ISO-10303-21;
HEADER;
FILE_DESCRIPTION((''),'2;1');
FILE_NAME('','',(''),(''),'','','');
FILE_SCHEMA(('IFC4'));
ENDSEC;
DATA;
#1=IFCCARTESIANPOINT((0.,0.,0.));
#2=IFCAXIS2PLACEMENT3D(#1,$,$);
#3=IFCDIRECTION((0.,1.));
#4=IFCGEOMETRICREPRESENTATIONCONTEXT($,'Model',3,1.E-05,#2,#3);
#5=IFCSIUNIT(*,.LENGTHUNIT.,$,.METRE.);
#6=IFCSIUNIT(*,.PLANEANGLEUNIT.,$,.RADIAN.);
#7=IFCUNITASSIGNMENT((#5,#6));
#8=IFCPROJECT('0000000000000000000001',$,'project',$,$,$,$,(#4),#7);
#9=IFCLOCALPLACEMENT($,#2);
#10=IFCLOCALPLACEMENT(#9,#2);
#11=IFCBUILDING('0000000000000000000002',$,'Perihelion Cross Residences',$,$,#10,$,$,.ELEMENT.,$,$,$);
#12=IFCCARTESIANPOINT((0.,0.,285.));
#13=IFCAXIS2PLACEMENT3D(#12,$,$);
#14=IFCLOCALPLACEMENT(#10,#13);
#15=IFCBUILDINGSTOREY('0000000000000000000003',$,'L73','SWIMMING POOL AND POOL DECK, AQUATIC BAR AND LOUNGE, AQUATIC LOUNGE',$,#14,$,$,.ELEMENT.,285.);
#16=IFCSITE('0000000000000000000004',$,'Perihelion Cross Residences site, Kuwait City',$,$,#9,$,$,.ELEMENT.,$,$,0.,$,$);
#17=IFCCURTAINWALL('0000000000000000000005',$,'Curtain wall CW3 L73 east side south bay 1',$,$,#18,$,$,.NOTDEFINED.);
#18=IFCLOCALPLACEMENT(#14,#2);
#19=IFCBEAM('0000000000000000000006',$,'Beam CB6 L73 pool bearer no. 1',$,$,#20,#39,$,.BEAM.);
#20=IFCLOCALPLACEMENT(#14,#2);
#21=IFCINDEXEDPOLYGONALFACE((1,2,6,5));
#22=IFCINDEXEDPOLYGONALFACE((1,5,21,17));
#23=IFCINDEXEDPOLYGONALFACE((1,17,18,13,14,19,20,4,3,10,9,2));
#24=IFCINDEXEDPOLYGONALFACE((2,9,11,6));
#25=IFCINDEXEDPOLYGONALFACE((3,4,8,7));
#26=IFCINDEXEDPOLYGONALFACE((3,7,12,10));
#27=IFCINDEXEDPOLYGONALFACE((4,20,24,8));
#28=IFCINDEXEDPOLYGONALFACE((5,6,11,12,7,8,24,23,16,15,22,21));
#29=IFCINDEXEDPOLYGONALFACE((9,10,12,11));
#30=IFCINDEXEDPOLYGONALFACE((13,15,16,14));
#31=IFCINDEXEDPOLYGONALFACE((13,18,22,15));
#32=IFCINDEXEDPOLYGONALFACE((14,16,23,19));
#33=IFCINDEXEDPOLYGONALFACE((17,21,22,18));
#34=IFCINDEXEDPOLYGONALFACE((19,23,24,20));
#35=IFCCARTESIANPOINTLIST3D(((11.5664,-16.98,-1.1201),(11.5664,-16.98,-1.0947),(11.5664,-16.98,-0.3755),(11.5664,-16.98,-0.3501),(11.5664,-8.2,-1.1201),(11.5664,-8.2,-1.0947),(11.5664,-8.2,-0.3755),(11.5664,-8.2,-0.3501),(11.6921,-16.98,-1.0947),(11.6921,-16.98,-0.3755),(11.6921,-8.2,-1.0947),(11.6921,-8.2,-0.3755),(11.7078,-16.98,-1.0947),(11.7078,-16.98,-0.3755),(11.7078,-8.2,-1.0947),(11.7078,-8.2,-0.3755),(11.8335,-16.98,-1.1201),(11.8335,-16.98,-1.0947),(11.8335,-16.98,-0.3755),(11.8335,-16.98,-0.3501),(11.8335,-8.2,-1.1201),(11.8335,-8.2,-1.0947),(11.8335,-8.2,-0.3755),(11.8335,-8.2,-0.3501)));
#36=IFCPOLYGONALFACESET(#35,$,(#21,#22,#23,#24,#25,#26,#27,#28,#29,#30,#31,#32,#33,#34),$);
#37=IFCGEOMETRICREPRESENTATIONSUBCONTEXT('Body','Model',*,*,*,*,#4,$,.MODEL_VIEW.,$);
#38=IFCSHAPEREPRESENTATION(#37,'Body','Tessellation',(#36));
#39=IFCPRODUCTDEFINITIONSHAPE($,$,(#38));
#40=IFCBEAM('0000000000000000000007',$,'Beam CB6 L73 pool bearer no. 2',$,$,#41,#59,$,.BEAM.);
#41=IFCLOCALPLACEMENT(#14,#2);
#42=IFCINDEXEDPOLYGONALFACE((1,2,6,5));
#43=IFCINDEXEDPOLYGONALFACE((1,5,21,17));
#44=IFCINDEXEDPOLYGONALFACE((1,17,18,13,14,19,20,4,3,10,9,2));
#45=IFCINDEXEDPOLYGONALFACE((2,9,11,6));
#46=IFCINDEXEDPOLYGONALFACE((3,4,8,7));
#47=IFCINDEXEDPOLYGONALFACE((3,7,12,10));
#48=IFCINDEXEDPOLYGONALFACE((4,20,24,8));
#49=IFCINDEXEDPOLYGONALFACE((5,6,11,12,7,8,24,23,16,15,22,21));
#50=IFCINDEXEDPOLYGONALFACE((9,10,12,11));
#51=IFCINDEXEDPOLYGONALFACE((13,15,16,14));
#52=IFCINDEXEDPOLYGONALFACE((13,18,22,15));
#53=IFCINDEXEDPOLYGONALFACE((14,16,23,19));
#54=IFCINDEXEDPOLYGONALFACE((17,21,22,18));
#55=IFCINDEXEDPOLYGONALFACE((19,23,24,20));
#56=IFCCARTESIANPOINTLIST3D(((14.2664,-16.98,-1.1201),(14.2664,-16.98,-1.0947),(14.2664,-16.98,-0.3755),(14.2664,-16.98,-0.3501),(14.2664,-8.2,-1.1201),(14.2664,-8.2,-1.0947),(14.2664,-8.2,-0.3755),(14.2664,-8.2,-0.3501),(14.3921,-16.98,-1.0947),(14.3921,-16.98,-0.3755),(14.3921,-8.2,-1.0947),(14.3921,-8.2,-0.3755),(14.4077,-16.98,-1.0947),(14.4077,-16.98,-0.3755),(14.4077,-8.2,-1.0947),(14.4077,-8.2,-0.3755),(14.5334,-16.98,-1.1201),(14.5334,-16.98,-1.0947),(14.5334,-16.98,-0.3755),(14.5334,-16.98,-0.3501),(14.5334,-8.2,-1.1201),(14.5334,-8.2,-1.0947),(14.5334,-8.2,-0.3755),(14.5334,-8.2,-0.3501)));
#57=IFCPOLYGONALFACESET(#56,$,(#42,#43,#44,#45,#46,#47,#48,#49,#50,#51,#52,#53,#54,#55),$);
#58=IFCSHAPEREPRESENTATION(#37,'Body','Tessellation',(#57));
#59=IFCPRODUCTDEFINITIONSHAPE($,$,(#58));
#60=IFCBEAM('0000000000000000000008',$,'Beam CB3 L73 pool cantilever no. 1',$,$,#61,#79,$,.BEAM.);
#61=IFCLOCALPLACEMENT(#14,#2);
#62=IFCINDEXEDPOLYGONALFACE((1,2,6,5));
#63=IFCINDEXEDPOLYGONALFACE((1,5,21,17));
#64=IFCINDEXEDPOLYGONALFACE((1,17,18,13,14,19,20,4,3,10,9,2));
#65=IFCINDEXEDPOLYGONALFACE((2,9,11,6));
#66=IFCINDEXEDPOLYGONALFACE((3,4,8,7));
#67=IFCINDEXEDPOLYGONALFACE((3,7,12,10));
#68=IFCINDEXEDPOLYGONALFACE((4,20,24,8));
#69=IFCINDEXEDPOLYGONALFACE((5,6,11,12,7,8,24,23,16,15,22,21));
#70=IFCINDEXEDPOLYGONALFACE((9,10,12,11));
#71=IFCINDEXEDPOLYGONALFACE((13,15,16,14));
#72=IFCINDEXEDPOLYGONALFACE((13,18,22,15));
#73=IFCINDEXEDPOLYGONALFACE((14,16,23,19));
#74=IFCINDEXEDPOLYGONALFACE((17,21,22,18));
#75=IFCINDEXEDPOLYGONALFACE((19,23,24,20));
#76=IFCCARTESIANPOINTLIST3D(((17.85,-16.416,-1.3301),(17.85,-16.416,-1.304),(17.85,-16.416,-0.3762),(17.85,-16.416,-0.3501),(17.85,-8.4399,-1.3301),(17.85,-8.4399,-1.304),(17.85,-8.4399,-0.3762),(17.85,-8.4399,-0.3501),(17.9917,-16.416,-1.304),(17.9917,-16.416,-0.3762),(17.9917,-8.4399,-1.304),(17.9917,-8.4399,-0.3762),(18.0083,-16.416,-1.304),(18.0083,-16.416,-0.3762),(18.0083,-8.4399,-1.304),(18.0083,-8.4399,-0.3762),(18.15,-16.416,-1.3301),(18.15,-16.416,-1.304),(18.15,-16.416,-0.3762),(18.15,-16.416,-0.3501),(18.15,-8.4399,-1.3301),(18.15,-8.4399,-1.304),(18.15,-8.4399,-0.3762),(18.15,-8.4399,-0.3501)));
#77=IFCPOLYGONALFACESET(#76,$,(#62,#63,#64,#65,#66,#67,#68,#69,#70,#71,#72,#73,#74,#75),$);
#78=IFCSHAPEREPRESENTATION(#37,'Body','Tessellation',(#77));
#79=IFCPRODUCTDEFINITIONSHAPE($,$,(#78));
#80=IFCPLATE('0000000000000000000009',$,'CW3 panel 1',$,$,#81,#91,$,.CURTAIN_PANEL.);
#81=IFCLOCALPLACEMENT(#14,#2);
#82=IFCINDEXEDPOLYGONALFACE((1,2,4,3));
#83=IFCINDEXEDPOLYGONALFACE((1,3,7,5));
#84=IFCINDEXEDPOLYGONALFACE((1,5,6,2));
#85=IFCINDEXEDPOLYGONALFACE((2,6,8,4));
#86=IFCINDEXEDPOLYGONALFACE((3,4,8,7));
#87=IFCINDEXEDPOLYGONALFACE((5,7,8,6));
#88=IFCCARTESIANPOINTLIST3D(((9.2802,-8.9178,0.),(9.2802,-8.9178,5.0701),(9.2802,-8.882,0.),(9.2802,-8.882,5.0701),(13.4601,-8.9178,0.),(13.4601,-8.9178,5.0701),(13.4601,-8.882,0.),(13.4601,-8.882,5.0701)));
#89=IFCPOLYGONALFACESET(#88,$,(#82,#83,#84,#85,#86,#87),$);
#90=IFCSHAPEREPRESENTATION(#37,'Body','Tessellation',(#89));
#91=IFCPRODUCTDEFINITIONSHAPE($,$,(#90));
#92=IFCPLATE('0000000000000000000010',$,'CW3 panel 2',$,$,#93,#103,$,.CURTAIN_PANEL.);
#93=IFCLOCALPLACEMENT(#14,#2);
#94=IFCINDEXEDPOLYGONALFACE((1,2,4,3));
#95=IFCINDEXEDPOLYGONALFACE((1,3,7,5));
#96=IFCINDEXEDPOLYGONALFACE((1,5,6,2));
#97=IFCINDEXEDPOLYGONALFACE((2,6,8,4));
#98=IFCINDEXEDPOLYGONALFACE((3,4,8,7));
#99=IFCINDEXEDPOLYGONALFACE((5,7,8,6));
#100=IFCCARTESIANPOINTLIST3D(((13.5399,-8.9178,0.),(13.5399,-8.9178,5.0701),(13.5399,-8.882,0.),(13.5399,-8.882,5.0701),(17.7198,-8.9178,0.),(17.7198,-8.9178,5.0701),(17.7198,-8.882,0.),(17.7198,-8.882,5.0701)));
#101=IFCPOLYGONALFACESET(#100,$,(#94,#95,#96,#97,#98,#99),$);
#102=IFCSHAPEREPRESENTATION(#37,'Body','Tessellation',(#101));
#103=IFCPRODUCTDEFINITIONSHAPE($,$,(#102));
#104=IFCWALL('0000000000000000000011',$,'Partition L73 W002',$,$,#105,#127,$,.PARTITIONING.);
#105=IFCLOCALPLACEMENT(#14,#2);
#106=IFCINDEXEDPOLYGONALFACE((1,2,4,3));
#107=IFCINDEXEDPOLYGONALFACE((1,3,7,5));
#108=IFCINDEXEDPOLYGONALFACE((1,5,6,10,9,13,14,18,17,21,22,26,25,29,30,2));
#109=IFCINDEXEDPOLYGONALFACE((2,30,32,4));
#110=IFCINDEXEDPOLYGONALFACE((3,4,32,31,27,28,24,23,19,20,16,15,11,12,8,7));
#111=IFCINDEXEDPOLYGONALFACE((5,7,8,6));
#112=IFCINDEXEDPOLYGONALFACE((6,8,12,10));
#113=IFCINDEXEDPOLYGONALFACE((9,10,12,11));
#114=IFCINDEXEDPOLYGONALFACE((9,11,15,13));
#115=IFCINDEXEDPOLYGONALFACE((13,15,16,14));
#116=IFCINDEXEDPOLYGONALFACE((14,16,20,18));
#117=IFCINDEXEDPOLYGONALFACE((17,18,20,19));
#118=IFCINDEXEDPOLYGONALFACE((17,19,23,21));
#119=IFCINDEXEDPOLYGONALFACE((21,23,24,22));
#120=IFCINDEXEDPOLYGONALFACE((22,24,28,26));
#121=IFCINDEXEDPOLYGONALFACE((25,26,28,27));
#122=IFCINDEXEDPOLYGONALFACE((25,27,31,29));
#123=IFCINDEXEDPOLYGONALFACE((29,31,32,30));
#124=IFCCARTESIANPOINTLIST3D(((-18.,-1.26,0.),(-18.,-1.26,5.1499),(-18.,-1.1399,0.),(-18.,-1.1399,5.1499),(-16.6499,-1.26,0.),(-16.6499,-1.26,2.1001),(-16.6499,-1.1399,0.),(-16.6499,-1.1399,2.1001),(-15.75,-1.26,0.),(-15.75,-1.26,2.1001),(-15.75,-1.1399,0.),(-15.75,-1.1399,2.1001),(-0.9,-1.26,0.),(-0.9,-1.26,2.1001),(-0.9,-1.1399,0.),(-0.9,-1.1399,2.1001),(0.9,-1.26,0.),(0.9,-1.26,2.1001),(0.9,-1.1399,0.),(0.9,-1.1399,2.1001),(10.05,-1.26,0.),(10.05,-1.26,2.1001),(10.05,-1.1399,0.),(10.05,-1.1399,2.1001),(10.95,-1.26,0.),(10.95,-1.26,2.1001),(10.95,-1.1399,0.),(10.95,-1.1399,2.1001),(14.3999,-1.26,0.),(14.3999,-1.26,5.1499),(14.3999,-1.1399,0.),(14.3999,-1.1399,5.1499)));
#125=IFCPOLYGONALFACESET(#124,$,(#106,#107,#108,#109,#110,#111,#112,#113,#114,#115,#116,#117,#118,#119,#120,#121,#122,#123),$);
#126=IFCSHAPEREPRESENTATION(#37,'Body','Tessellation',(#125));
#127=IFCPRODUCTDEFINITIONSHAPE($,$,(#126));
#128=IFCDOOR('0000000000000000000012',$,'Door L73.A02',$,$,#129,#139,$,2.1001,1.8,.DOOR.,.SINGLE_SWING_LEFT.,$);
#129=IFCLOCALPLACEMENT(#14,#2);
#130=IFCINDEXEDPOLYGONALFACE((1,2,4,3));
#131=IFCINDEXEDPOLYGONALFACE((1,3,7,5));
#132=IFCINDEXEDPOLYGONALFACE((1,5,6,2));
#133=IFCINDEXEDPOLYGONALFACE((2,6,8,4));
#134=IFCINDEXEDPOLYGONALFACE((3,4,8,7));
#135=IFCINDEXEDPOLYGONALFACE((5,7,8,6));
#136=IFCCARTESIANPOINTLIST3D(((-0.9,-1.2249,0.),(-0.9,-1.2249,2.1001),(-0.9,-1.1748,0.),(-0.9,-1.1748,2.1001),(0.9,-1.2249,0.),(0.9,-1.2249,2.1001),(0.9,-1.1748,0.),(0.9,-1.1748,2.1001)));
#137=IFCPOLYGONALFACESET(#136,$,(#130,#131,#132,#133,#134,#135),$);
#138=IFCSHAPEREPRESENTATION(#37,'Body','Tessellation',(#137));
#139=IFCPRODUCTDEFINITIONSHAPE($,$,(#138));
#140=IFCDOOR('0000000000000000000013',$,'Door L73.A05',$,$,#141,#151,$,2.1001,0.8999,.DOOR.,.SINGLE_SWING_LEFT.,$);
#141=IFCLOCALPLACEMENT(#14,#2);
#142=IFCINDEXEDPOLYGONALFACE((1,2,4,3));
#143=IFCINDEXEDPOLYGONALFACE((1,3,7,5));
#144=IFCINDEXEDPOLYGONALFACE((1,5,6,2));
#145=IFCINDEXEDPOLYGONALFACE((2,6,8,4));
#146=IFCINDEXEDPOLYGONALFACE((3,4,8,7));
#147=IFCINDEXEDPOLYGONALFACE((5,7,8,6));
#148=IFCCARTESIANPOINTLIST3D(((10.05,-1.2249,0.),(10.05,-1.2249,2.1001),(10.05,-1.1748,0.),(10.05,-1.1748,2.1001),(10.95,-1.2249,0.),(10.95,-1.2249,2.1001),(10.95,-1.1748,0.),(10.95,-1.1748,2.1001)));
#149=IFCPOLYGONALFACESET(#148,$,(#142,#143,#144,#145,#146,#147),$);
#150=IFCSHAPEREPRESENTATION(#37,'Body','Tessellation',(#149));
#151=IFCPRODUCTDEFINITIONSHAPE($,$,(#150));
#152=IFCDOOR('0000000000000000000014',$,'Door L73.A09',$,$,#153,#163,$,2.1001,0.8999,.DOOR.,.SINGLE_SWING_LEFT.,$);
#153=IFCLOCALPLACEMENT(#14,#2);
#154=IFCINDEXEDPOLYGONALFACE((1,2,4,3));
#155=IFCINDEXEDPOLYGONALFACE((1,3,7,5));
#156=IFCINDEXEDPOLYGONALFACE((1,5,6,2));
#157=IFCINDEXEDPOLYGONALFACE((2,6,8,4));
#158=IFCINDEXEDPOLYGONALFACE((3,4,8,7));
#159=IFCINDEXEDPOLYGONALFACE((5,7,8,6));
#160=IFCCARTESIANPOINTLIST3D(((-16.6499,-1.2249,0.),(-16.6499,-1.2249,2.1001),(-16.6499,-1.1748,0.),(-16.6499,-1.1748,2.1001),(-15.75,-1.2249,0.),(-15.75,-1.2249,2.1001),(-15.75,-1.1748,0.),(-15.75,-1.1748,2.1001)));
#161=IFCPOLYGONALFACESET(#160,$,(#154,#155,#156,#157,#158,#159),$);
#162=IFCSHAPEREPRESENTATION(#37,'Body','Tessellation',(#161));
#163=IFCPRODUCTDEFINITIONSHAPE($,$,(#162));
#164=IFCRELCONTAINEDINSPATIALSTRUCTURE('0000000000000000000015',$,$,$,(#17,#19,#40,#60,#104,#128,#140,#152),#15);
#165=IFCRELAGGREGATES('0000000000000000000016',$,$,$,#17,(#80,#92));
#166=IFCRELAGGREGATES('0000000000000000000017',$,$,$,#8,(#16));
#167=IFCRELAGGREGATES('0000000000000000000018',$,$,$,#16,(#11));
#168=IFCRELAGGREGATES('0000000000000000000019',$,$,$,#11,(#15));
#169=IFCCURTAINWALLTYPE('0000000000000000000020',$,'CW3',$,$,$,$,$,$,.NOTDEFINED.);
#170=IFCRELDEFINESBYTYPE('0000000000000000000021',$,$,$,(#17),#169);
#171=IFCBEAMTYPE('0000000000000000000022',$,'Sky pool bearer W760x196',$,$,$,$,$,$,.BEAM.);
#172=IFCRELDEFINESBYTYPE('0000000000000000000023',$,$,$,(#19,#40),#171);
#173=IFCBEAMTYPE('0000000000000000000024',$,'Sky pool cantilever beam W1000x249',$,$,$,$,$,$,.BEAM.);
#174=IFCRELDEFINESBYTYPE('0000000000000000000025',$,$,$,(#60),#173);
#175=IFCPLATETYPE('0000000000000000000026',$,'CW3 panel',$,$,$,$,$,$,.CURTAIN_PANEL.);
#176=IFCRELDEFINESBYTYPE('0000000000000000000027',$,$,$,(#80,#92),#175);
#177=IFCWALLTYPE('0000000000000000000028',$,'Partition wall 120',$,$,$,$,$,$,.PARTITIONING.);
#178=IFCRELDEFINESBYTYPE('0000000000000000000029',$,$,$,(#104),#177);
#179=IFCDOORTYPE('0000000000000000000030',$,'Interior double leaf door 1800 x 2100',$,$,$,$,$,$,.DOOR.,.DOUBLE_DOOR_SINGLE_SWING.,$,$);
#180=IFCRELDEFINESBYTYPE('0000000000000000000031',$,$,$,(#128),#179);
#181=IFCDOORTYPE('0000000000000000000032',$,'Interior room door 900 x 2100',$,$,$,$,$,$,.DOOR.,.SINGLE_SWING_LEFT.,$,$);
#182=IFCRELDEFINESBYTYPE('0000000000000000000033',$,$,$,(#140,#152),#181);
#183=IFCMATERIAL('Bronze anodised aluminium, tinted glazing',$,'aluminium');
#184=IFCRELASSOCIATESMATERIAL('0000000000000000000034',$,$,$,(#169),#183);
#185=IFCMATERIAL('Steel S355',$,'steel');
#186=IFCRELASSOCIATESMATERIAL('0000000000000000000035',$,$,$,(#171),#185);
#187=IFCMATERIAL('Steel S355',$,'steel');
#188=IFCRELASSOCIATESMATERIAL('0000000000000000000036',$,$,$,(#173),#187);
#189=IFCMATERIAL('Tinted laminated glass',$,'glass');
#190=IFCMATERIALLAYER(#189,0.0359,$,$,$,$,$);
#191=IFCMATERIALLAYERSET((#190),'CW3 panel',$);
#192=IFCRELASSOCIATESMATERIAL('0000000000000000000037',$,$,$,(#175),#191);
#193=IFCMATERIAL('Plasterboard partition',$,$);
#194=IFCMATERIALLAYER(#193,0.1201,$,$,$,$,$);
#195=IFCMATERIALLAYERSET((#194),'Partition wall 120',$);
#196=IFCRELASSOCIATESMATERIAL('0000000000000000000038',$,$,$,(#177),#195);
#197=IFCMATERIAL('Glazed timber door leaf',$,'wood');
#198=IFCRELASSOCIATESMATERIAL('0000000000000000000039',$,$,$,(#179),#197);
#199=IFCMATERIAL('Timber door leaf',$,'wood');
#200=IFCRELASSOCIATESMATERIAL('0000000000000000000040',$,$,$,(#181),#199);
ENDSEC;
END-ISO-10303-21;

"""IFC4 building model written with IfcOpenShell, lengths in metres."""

from ifc_helpers import new_model, si_unit, direction, frame, frame_2d, origin, origin_2d, place, context, subcontext, project, spatial, rectangle, i_section, extrude, material, layer, layer_set, material_profile, profile_set, type_object, element, fill, aggregate, save


model = new_model("IFC4")

# Units and contexts
model_context = context("Model", 3, precision=1e-05, world=origin(), true_north=direction((0.0, 1.0)))
body_context = subcontext(model_context, "Body", "Model", "MODEL_VIEW")
ifc_project = project(units=[si_unit("LENGTHUNIT", "METRE"), si_unit("PLANEANGLEUNIT", "RADIAN")], contexts=[model_context])

# Site, building, storey
site_placement = place(None, origin())
site = spatial("IfcSite", under=ifc_project, at=site_placement, Name="Perihelion Cross Residences site, Kuwait City", CompositionType="ELEMENT", RefElevation=0.0)
building_placement = place(site_placement, origin())
building = spatial("IfcBuilding", under=site, at=building_placement, Name="Perihelion Cross Residences", CompositionType="ELEMENT")
storey_placement = place(building_placement, frame((0.0, 0.0, 285.0)))
storey = spatial("IfcBuildingStorey", under=building, at=storey_placement, Name="L73", Description="SWIMMING POOL AND POOL DECK, AQUATIC BAR AND LOUNGE, AQUATIC LOUNGE", CompositionType="ELEMENT", Elevation=285.0)

# Curtain wall
ifc_material_1 = material(Name="Bronze anodised aluminium, tinted glazing", Category="aluminium")
curtain_wall_type = type_object("IfcCurtainWallType", Name="CW3", PredefinedType="NOTDEFINED", material=ifc_material_1)
curtain_wall_placement = place(storey_placement, origin())
curtain_wall = element("IfcCurtainWall", 1, at=curtain_wall_placement, inside=storey, type_object=curtain_wall_type, Name="Curtain wall CW3 L73 east side south bay 1", PredefinedType="NOTDEFINED")

# Beams
ifc_material_2 = material(Name="Steel S355", Category="steel")
ifc_material_profile_1 = material_profile(ifc_material_2, i_section(OverallWidth=0.2671, OverallDepth=0.77, WebThickness=0.0156, FlangeThickness=0.0254, at=origin_2d()), Name="W760x196")
ifc_profile_set_1 = profile_set([ifc_material_profile_1], Name="Steel S355")
beam_type_1 = type_object("IfcBeamType", Name="Sky pool bearer W760x196", PredefinedType="BEAM", material=ifc_profile_set_1)
for number, where, z_axis, x_axis, name in (
    (2, (11.7, -8.2, -0.7351), (0.0, -1.0, 0.0), (1.0, 0.0, 0.0), "Beam CB6 L73 pool bearer no. 1"),
    (3, (14.3999, -8.2, -0.7351), (0.0, -1.0, 0.0), (1.0, 0.0, 0.0), "Beam CB6 L73 pool bearer no. 2"),
):
    element("IfcBeam", number, at=place(storey_placement, frame(where, z_axis=z_axis, x_axis=x_axis)), inside=storey, type_object=beam_type_1, Name=name, PredefinedType="BEAM", context=body_context, shape_type="SweptSolid", body=[
        extrude(i_section(OverallWidth=0.2671, OverallDepth=0.77, WebThickness=0.0156, FlangeThickness=0.0254, at=origin_2d()), origin(), (0.0, 0.0, 1.0), 8.78),
    ])
ifc_material_3 = material(Name="Steel S355", Category="steel")
ifc_material_profile_2 = material_profile(ifc_material_3, i_section(OverallWidth=0.3, OverallDepth=0.98, WebThickness=0.0166, FlangeThickness=0.0261, at=origin_2d()), Name="W1000x249")
ifc_profile_set_2 = profile_set([ifc_material_profile_2], Name="Steel S355")
beam_type_2 = type_object("IfcBeamType", Name="Sky pool cantilever beam W1000x249", PredefinedType="BEAM", material=ifc_profile_set_2)
beam_1_placement = place(storey_placement, frame((18.0, -8.4399, -0.8401), z_axis=(0.0, -1.0, 0.0), x_axis=(1.0, 0.0, 0.0)))
element("IfcBeam", 4, at=beam_1_placement, inside=storey, type_object=beam_type_2, Name="Beam CB3 L73 pool cantilever no. 1", PredefinedType="BEAM", context=body_context, shape_type="SweptSolid", body=[
    extrude(i_section(OverallWidth=0.3, OverallDepth=0.98, WebThickness=0.0166, FlangeThickness=0.0261, at=origin_2d()), origin(), (0.0, 0.0, 1.0), 7.9761),
])

# Plates
ifc_material_4 = material(Name="Tinted laminated glass", Category="glass")
ifc_layer_1 = layer(ifc_material_4, 0.0359)
ifc_layer_set_1 = layer_set([ifc_layer_1], Name="CW3 panel")
plate_type = type_object("IfcPlateType", Name="CW3 panel", PredefinedType="CURTAIN_PANEL", material=ifc_layer_set_1)
plate_1_placement = place(storey_placement, frame((11.3701, -8.8999, 0.0), z_axis=(0.0, 0.0, 1.0), x_axis=(1.0, 0.0, 0.0)))
plate_1 = element("IfcPlate", 5, at=plate_1_placement, type_object=plate_type, Name="CW3 panel 1", PredefinedType="CURTAIN_PANEL", context=body_context, shape_type="SweptSolid", body=[
    extrude(rectangle(XDim=4.1799, YDim=0.0359, at=origin_2d()), origin(), (0.0, 0.0, 1.0), 5.0701),
])
plate_2_placement = place(storey_placement, frame((15.6299, -8.8999, 0.0), z_axis=(0.0, 0.0, 1.0), x_axis=(1.0, 0.0, 0.0)))
plate_2 = element("IfcPlate", 6, at=plate_2_placement, type_object=plate_type, Name="CW3 panel 2", PredefinedType="CURTAIN_PANEL", context=body_context, shape_type="SweptSolid", body=[
    extrude(rectangle(XDim=4.1799, YDim=0.0359, at=origin_2d()), origin(), (0.0, 0.0, 1.0), 5.0701),
])
aggregate(curtain_wall, [plate_1, plate_2])

# Wall, openings, doors
ifc_material_5 = material(Name="Plasterboard partition")
ifc_layer_2 = layer(ifc_material_5, 0.1201)
ifc_layer_set_2 = layer_set([ifc_layer_2], Name="Partition wall 120")
wall_type_1 = type_object("IfcWallType", Name="Partition wall 120", PredefinedType="PARTITIONING", material=ifc_layer_set_2)
wall_1_placement = place(storey_placement, frame((14.3999, -1.2, 0.0), z_axis=(0.0, 0.0, 1.0), x_axis=(-1.0, 0.0, 0.0)))
wall_1 = element("IfcWall", 7, at=wall_1_placement, inside=storey, type_object=wall_type_1, Name="Partition L73 W002", PredefinedType="PARTITIONING", context=body_context, shape_type="SweptSolid", body=[
    extrude(rectangle(XDim=32.3999, YDim=0.1201, at=frame_2d((16.2, 0.0))), origin(), (0.0, 0.0, 1.0), 5.1499),
])
opening_1_placement = place(wall_1_placement, frame((13.5, 0.0, 0.0)))
opening_1 = element("IfcOpeningElement", 8, at=opening_1_placement, cuts=wall_1, PredefinedType="OPENING", context=body_context, shape_type="SweptSolid", body=[
    extrude(rectangle(XDim=1.8, YDim=2.1001, at=frame_2d((0.8999, 1.05))), frame((0.0, 0.0701, 0.0), z_axis=(0.0, -1.0, 0.0), x_axis=(1.0, 0.0, 0.0)), (0.0, 0.0, 1.0), 0.1401),
])
opening_2_placement = place(wall_1_placement, frame((3.45, 0.0, 0.0)))
opening_2 = element("IfcOpeningElement", 9, at=opening_2_placement, cuts=wall_1, PredefinedType="OPENING", context=body_context, shape_type="SweptSolid", body=[
    extrude(rectangle(XDim=0.8999, YDim=2.1001, at=frame_2d((0.45, 1.05))), frame((0.0, 0.0701, 0.0), z_axis=(0.0, -1.0, 0.0), x_axis=(1.0, 0.0, 0.0)), (0.0, 0.0, 1.0), 0.1401),
])
opening_3_placement = place(wall_1_placement, frame((30.1499, 0.0, 0.0)))
opening_3 = element("IfcOpeningElement", 10, at=opening_3_placement, cuts=wall_1, PredefinedType="OPENING", context=body_context, shape_type="SweptSolid", body=[
    extrude(rectangle(XDim=0.8999, YDim=2.1001, at=frame_2d((0.45, 1.05))), frame((0.0, 0.0701, 0.0), z_axis=(0.0, -1.0, 0.0), x_axis=(1.0, 0.0, 0.0)), (0.0, 0.0, 1.0), 0.1401),
])
ifc_material_6 = material(Name="Glazed timber door leaf", Category="wood")
door_type_1 = type_object("IfcDoorType", Name="Interior double leaf door 1800 x 2100", OperationType="DOUBLE_DOOR_SINGLE_SWING", PredefinedType="DOOR", material=ifc_material_6)
door_1_placement = place(opening_1_placement, origin())
door_1 = element("IfcDoor", 11, at=door_1_placement, inside=storey, type_object=door_type_1, Name="Door L73.A02", OperationType="SINGLE_SWING_LEFT", OverallHeight=2.1001, OverallWidth=1.8, PredefinedType="DOOR", context=body_context, shape_type="SweptSolid", body=[
    extrude(rectangle(XDim=1.8, YDim=2.1001, at=frame_2d((0.8999, 1.05))), frame((0.0, 0.0249, 0.0), z_axis=(0.0, -1.0, 0.0), x_axis=(1.0, 0.0, 0.0)), (0.0, 0.0, 1.0), 0.05),
])
fill(opening_1, door_1)
ifc_material_7 = material(Name="Timber door leaf", Category="wood")
door_type_2 = type_object("IfcDoorType", Name="Interior room door 900 x 2100", OperationType="SINGLE_SWING_LEFT", PredefinedType="DOOR", material=ifc_material_7)
door_2_placement = place(opening_2_placement, origin())
door_2 = element("IfcDoor", 12, at=door_2_placement, inside=storey, type_object=door_type_2, Name="Door L73.A05", OperationType="SINGLE_SWING_LEFT", OverallHeight=2.1001, OverallWidth=0.8999, PredefinedType="DOOR", context=body_context, shape_type="SweptSolid", body=[
    extrude(rectangle(XDim=0.8999, YDim=2.1001, at=frame_2d((0.45, 1.05))), frame((0.0, 0.0249, 0.0), z_axis=(0.0, -1.0, 0.0), x_axis=(1.0, 0.0, 0.0)), (0.0, 0.0, 1.0), 0.05),
])
fill(opening_2, door_2)
door_3_placement = place(opening_3_placement, origin())
door_3 = element("IfcDoor", 13, at=door_3_placement, inside=storey, type_object=door_type_2, Name="Door L73.A09", OperationType="SINGLE_SWING_LEFT", OverallHeight=2.1001, OverallWidth=0.8999, PredefinedType="DOOR", context=body_context, shape_type="SweptSolid", body=[
    extrude(rectangle(XDim=0.8999, YDim=2.1001, at=frame_2d((0.45, 1.05))), frame((0.0, 0.0249, 0.0), z_axis=(0.0, -1.0, 0.0), x_axis=(1.0, 0.0, 0.0)), (0.0, 0.0, 1.0), 0.05),
])
fill(opening_3, door_3)

save(model, "model.ifc")
